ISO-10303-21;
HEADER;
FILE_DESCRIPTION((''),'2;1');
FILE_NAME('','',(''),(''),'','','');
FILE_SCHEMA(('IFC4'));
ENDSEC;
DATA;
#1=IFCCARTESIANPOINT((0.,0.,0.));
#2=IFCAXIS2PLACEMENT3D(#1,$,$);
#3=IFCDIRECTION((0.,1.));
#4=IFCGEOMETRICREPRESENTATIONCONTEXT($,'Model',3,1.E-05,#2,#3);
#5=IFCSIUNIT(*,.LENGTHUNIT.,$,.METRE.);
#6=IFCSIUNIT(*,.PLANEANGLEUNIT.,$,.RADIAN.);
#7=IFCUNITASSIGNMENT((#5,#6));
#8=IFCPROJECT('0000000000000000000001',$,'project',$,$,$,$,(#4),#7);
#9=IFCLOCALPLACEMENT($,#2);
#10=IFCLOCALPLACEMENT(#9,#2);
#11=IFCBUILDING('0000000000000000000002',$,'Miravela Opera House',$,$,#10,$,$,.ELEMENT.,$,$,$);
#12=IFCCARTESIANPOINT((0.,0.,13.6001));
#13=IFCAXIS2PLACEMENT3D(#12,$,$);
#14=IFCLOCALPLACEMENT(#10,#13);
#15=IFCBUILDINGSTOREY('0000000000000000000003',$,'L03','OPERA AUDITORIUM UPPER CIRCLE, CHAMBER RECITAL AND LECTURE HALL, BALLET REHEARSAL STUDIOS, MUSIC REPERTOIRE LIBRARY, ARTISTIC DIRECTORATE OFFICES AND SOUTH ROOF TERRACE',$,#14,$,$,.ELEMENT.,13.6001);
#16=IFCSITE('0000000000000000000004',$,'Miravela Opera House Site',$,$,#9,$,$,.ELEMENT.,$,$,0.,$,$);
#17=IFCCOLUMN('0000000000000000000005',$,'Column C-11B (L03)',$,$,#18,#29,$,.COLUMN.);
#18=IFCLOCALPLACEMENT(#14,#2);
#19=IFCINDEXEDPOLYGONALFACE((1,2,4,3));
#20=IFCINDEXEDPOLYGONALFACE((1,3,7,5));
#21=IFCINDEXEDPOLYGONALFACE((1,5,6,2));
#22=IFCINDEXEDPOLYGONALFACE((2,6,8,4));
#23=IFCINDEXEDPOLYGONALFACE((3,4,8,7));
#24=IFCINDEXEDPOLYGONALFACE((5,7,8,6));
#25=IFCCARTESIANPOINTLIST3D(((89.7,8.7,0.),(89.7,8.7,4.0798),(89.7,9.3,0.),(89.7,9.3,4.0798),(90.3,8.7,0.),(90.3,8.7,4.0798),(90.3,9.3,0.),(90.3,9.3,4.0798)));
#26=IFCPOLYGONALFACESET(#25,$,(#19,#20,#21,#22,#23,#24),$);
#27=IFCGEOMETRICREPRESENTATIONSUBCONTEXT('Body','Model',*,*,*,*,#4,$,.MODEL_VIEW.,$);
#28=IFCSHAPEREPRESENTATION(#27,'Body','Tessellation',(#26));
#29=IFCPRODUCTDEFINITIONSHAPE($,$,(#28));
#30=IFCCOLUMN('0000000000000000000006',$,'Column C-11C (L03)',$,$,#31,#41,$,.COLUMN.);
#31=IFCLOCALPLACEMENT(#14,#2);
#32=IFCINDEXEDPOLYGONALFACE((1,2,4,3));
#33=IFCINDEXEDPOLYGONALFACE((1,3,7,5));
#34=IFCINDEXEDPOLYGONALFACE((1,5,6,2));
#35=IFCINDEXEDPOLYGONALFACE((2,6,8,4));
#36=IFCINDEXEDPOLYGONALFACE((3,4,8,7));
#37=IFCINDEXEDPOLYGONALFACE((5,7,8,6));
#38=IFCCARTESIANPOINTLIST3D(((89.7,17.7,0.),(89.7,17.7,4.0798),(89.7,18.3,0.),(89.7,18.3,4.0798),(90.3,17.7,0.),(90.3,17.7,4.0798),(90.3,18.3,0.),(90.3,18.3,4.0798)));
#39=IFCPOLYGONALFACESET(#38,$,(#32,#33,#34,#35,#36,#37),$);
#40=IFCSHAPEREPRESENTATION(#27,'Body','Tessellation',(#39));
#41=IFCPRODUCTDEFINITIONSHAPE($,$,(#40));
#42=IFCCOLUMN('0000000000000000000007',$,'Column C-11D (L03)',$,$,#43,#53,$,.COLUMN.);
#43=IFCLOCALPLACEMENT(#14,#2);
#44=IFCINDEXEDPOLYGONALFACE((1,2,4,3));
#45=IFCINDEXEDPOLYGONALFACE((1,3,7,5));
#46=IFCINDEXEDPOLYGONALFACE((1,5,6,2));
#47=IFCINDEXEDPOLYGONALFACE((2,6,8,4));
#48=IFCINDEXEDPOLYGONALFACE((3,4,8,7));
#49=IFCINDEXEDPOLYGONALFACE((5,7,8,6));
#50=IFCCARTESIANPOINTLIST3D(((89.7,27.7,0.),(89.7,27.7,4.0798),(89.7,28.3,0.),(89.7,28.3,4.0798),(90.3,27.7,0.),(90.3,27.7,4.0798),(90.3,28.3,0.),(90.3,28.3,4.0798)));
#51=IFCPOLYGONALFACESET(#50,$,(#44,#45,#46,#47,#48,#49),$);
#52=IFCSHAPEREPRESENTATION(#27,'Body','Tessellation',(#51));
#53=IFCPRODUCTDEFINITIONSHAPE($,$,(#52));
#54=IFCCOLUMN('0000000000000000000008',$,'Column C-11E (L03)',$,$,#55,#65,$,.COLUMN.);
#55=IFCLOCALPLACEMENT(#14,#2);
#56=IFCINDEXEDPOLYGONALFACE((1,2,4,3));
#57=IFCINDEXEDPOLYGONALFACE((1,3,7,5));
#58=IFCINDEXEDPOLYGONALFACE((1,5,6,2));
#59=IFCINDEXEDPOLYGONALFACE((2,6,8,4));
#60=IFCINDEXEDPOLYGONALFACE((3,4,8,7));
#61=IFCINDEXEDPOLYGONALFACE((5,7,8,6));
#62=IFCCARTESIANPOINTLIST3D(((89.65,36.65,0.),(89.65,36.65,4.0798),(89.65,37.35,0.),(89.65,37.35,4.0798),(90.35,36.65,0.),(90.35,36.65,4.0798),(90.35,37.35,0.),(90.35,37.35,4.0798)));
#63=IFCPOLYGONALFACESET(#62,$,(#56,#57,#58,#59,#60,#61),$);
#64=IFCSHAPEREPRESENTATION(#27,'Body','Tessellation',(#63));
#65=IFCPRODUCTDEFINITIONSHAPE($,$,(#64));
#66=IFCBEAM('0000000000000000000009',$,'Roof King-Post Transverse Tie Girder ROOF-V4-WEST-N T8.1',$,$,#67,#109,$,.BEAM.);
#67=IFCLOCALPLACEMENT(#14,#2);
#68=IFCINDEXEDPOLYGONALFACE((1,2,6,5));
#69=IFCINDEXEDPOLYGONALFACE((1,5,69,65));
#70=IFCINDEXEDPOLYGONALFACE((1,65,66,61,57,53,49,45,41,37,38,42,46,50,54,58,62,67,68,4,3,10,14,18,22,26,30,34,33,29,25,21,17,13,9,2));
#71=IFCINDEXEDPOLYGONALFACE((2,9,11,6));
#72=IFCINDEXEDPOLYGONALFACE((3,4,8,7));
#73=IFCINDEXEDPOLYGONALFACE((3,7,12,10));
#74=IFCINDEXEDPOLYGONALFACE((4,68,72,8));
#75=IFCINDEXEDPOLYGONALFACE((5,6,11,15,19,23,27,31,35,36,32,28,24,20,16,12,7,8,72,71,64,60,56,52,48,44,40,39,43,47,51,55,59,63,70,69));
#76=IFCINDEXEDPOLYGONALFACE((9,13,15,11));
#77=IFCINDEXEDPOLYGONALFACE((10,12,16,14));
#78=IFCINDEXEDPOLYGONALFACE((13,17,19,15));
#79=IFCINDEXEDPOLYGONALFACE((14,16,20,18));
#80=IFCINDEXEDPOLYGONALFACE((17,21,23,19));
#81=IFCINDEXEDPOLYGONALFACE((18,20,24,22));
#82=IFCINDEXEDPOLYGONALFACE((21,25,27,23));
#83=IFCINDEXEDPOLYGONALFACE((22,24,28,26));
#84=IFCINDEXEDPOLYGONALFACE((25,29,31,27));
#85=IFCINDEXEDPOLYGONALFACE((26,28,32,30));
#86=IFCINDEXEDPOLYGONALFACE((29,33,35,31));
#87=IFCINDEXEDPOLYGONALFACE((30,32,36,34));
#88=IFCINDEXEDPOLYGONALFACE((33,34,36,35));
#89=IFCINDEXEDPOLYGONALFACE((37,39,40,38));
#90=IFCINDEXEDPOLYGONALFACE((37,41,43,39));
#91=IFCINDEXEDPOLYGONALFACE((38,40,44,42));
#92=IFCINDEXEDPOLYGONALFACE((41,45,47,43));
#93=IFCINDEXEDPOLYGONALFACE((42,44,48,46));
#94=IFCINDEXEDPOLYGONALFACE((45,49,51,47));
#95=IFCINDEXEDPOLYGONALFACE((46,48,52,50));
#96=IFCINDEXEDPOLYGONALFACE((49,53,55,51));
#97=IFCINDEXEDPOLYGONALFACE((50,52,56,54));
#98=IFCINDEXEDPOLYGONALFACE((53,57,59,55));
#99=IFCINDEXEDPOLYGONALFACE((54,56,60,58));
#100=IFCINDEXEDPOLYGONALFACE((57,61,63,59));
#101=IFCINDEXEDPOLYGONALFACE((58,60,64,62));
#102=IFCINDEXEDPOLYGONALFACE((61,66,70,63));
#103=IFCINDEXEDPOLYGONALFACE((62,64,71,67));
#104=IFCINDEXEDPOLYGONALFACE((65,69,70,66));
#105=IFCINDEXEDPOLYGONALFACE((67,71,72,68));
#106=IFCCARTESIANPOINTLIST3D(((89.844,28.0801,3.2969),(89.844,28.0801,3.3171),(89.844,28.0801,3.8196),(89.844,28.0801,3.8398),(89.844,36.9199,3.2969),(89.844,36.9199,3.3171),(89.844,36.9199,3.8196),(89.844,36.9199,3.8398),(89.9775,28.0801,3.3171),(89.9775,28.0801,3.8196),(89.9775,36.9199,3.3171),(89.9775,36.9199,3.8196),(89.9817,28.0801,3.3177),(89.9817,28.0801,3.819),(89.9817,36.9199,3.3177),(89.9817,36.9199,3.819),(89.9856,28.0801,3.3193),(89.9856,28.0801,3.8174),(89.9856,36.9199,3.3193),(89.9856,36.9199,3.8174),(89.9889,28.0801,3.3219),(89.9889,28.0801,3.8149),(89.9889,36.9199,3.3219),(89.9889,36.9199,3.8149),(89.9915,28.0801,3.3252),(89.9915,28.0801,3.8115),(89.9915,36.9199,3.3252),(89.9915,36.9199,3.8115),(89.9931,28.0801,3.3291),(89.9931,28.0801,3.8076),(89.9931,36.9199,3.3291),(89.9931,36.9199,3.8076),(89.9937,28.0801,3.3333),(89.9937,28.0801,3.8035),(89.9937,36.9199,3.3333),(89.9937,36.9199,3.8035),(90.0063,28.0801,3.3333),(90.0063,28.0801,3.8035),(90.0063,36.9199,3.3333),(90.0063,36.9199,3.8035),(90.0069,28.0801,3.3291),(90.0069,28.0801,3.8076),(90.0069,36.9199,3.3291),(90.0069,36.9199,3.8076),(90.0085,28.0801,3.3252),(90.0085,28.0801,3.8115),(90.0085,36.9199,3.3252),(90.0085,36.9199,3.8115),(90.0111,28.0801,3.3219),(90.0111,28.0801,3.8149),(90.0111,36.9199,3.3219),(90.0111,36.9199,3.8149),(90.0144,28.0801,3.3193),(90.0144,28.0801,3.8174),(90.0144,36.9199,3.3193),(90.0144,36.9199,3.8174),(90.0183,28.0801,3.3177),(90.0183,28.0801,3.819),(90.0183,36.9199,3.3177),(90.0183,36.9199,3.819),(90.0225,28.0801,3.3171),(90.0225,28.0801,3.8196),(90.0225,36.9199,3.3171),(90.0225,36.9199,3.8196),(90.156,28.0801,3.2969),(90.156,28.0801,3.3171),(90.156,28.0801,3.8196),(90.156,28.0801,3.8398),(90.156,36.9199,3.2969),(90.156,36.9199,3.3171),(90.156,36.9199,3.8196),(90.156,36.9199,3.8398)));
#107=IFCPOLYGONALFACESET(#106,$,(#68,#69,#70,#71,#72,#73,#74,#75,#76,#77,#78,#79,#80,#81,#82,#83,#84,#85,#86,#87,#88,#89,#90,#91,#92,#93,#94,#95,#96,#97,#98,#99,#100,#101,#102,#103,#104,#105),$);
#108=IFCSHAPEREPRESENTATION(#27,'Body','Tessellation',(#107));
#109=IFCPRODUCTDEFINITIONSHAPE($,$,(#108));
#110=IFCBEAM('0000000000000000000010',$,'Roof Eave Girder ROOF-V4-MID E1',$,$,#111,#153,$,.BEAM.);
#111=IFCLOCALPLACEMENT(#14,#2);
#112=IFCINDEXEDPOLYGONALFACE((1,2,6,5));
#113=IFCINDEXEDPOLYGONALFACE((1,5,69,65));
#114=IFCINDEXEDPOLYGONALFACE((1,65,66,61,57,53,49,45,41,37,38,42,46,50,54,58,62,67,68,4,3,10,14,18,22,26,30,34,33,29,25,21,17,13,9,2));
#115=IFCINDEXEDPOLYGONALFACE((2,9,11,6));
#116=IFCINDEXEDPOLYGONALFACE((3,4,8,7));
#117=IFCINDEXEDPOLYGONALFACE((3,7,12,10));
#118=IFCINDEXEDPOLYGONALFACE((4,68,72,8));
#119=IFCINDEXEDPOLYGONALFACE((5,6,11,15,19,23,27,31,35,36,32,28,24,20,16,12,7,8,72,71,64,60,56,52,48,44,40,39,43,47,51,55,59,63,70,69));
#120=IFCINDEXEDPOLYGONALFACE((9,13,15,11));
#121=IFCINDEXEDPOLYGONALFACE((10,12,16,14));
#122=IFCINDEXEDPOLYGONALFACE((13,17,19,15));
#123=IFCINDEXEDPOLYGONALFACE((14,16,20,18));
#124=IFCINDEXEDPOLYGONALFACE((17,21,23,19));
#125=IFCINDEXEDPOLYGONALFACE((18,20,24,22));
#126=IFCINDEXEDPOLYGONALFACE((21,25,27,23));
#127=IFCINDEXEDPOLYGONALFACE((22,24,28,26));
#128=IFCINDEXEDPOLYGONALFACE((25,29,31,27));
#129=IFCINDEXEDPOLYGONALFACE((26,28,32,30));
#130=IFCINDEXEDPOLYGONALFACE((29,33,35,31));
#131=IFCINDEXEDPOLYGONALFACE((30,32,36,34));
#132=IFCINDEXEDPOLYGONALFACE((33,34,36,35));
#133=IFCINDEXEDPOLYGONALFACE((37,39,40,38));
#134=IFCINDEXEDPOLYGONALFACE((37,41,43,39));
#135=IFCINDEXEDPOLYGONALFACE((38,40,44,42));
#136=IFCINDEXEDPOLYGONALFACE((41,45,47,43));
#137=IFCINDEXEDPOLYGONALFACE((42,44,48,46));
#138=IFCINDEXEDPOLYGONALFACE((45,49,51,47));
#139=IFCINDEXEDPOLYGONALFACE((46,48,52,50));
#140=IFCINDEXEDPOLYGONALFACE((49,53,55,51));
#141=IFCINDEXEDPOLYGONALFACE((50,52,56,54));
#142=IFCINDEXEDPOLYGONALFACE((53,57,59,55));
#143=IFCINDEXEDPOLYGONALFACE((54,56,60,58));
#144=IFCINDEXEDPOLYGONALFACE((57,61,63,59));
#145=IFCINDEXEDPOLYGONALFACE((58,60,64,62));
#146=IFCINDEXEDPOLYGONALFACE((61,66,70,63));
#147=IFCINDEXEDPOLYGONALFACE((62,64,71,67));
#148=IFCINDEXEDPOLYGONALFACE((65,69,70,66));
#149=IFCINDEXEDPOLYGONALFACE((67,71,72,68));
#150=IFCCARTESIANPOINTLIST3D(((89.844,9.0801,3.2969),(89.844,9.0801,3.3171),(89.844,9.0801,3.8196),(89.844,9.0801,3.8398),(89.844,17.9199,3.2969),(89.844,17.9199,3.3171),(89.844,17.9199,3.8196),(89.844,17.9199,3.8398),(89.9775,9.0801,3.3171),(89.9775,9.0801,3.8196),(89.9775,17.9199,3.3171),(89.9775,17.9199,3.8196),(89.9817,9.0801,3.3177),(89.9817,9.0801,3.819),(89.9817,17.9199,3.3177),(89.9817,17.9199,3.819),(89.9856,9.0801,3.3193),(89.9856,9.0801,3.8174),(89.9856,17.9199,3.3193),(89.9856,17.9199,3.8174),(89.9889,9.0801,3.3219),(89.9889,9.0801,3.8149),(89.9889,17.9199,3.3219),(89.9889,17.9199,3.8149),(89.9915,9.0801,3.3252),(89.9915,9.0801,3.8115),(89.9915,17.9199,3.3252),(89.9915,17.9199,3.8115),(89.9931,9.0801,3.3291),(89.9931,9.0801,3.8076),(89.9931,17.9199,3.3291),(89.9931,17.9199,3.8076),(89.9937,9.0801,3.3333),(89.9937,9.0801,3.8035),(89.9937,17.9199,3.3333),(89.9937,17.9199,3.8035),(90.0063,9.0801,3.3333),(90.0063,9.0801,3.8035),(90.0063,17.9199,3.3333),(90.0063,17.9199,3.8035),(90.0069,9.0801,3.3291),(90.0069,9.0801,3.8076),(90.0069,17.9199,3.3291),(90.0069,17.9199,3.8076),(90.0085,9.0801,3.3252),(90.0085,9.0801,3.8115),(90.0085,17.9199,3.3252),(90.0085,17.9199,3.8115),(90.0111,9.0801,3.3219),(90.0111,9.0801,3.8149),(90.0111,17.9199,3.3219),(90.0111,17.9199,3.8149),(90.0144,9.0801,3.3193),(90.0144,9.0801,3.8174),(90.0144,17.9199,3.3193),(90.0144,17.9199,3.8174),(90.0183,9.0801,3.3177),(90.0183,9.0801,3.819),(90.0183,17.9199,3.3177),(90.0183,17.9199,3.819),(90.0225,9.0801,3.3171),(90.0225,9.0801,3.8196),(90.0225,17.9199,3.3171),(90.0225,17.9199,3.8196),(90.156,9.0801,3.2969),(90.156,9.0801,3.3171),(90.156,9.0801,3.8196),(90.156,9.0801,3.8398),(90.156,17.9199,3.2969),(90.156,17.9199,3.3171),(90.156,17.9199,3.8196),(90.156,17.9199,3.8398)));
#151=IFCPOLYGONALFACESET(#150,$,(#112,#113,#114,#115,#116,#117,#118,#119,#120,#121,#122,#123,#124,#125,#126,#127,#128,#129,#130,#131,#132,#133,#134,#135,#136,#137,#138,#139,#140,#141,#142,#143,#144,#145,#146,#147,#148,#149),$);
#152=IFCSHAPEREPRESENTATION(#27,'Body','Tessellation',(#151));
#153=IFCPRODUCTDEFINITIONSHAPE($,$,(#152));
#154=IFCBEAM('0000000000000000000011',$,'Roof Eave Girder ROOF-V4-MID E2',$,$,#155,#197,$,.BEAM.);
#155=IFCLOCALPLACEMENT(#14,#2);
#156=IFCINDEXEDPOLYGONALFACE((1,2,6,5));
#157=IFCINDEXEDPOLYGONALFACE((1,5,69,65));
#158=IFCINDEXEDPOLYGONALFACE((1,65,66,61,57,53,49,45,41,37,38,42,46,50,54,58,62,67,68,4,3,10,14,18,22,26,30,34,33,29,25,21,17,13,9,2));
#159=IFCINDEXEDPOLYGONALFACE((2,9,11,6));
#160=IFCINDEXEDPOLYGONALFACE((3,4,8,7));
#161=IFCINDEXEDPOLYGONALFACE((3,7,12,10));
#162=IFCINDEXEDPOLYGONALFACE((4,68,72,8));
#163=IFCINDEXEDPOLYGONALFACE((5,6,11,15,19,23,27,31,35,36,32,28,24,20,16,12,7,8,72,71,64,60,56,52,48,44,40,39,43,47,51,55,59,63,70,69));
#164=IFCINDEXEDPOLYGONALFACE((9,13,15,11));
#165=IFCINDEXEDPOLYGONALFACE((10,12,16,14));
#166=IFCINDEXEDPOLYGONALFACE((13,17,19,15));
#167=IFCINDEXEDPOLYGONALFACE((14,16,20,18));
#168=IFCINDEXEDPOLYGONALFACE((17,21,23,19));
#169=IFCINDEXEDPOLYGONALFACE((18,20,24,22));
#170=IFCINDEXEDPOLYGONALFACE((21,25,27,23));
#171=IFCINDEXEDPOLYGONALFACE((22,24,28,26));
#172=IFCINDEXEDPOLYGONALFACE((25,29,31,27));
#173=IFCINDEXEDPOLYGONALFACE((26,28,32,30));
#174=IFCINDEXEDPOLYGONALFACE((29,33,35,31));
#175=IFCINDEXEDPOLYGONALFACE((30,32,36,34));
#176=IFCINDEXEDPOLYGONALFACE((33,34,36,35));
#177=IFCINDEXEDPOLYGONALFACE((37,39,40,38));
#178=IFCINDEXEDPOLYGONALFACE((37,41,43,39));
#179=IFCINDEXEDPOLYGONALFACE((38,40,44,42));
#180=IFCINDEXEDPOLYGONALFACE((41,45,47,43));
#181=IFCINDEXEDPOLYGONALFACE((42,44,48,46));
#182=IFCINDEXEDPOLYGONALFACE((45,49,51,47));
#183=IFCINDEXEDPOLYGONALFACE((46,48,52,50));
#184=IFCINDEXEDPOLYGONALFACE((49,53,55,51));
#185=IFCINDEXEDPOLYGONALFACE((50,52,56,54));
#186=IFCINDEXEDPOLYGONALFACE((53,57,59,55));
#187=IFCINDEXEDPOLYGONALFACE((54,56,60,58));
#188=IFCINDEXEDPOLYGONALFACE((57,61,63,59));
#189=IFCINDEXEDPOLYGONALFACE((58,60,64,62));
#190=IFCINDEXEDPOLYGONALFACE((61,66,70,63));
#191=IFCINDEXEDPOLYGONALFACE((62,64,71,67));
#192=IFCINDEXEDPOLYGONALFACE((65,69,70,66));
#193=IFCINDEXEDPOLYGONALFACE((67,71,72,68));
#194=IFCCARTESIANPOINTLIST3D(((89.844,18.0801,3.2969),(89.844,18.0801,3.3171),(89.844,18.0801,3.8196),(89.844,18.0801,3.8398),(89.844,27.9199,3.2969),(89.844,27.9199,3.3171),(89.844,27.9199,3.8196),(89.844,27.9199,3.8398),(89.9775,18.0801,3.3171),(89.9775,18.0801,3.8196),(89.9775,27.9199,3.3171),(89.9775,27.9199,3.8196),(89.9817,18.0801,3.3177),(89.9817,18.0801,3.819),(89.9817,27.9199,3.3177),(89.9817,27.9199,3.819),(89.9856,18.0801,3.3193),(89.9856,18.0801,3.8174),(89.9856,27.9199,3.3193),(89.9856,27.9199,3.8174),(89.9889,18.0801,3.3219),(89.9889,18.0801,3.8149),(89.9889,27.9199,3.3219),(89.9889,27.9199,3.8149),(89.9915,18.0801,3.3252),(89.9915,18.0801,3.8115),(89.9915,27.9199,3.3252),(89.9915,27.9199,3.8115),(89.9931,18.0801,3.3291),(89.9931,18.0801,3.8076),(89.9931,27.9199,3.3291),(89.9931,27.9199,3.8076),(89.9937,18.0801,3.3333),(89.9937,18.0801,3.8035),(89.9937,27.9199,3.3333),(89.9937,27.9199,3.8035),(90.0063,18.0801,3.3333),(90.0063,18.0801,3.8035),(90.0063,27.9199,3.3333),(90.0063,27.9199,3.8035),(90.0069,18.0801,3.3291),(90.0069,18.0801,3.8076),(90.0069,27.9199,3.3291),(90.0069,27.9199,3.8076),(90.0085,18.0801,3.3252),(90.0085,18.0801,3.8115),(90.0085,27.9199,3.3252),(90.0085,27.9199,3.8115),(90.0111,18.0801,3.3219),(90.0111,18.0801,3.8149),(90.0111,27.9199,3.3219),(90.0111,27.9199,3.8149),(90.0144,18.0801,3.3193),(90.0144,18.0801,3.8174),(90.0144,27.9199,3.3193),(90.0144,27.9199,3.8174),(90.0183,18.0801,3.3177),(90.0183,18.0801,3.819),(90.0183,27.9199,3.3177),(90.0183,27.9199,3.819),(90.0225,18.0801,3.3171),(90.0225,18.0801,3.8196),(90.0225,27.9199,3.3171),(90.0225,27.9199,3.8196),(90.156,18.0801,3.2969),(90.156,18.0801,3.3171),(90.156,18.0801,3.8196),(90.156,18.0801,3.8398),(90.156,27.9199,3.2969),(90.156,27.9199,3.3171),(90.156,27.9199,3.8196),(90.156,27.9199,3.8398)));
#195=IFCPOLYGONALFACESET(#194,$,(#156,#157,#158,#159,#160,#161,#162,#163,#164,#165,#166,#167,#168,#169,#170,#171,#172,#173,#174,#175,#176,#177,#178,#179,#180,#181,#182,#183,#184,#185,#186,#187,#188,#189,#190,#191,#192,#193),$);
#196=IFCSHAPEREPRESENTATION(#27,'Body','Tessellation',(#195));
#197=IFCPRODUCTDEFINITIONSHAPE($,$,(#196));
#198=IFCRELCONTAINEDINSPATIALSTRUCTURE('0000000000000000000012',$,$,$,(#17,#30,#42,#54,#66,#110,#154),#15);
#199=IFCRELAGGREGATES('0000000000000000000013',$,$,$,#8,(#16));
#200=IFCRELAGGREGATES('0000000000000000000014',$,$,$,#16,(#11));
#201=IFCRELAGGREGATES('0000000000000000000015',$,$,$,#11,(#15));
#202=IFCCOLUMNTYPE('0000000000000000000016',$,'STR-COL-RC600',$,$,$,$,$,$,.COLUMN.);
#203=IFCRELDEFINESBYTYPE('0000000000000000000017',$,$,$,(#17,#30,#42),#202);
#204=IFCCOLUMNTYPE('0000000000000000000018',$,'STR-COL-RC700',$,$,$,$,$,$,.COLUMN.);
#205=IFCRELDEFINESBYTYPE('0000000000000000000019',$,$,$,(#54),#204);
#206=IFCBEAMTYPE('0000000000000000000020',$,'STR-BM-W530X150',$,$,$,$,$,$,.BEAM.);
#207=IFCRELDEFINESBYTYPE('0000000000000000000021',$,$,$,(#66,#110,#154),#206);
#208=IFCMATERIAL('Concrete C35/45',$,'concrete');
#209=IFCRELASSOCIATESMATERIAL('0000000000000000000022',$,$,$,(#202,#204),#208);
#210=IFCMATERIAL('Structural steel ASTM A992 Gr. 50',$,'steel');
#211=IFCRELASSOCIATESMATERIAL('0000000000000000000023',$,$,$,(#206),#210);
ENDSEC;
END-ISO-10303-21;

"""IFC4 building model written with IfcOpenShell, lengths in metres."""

from ifc_helpers import new_model, si_unit, direction, frame, origin, origin_2d, place, context, subcontext, project, spatial, rectangle, i_section, extrude, material, material_profile, profile_set, type_object, element, save


model = new_model("IFC4")

# Units and contexts
model_context = context("Model", 3, precision=1e-05, world=origin(), true_north=direction((0.0, 1.0)))
body_context = subcontext(model_context, "Body", "Model", "MODEL_VIEW")
ifc_project = project(units=[si_unit("LENGTHUNIT", "METRE"), si_unit("PLANEANGLEUNIT", "RADIAN")], contexts=[model_context])

# Site, building, storey
site_placement = place(None, origin())
site = spatial("IfcSite", under=ifc_project, at=site_placement, Name="Miravela Opera House Site", CompositionType="ELEMENT", RefElevation=0.0)
building_placement = place(site_placement, origin())
building = spatial("IfcBuilding", under=site, at=building_placement, Name="Miravela Opera House", CompositionType="ELEMENT")
storey_placement = place(building_placement, frame((0.0, 0.0, 13.6001)))
storey = spatial("IfcBuildingStorey", under=building, at=storey_placement, Name="L03", Description="OPERA AUDITORIUM UPPER CIRCLE, CHAMBER RECITAL AND LECTURE HALL, BALLET REHEARSAL STUDIOS, MUSIC REPERTOIRE LIBRARY, ARTISTIC DIRECTORATE OFFICES AND SOUTH ROOF TERRACE", CompositionType="ELEMENT", Elevation=13.6001)

# Columns
ifc_material_1 = material(Name="Concrete C35/45", Category="concrete")
ifc_material_profile_1 = material_profile(ifc_material_1, rectangle(XDim=0.6001, YDim=0.6001, at=origin_2d()), Name="RC-COL-600X600")
ifc_profile_set_1 = profile_set([ifc_material_profile_1])
column_type_1 = type_object("IfcColumnType", Name="STR-COL-RC600", PredefinedType="COLUMN", material=ifc_profile_set_1)
for number, where, z_axis, x_axis, name in (
    (1, (90.0, 9.0, 0.0), (0.0, 0.0, 1.0), (1.0, 0.0, 0.0), "Column C-11B (L03)"),
    (2, (90.0, 18.0, 0.0), (0.0, 0.0, 1.0), (1.0, 0.0, 0.0), "Column C-11C (L03)"),
    (3, (90.0, 28.0, 0.0), (0.0, 0.0, 1.0), (1.0, 0.0, 0.0), "Column C-11D (L03)"),
):
    element("IfcColumn", number, at=place(storey_placement, frame(where, z_axis=z_axis, x_axis=x_axis)), inside=storey, type_object=column_type_1, Name=name, PredefinedType="COLUMN", context=body_context, shape_type="SweptSolid", body=[
        extrude(rectangle(XDim=0.6001, YDim=0.6001, at=origin_2d()), origin(), (0.0, 0.0, 1.0), 4.0798),
    ])
ifc_material_profile_2 = material_profile(ifc_material_1, rectangle(XDim=0.7, YDim=0.7, at=origin_2d()), Name="RC-COL-700X700")
ifc_profile_set_2 = profile_set([ifc_material_profile_2])
column_type_2 = type_object("IfcColumnType", Name="STR-COL-RC700", PredefinedType="COLUMN", material=ifc_profile_set_2)
column_placement = place(storey_placement, frame((90.0, 37.0, 0.0), z_axis=(0.0, 0.0, 1.0), x_axis=(1.0, 0.0, 0.0)))
element("IfcColumn", 4, at=column_placement, inside=storey, type_object=column_type_2, Name="Column C-11E (L03)", PredefinedType="COLUMN", context=body_context, shape_type="SweptSolid", body=[
    extrude(rectangle(XDim=0.7, YDim=0.7, at=origin_2d()), origin(), (0.0, 0.0, 1.0), 4.0798),
])

# Beams
ifc_material_2 = material(Name="Structural steel ASTM A992 Gr. 50", Category="steel")
ifc_material_profile_3 = material_profile(ifc_material_2, i_section(OverallWidth=0.312, OverallDepth=0.543, WebThickness=0.0127, FlangeThickness=0.0203, FilletRadius=0.0161, at=origin_2d()), Name="W530X150")
ifc_profile_set_3 = profile_set([ifc_material_profile_3])
beam_type_1 = type_object("IfcBeamType", Name="STR-BM-W530X150", PredefinedType="BEAM", material=ifc_profile_set_3)
for number, where, z_axis, x_axis, name in (
    (5, (90.0, 28.0801, 3.5684), (0.0, 1.0, 0.0), (-1.0, 0.0, 0.0), "Roof King-Post Transverse Tie Girder ROOF-V4-WEST-N T8.1"),
    (6, (90.0, 9.0801, 3.5684), (0.0, 1.0, 0.0), (-1.0, 0.0, 0.0), "Roof Eave Girder ROOF-V4-MID E1"),
):
    element("IfcBeam", number, at=place(storey_placement, frame(where, z_axis=z_axis, x_axis=x_axis)), inside=storey, type_object=beam_type_1, Name=name, PredefinedType="BEAM", context=body_context, shape_type="SweptSolid", body=[
        extrude(i_section(OverallWidth=0.312, OverallDepth=0.543, WebThickness=0.0127, FlangeThickness=0.0203, FilletRadius=0.0161, at=origin_2d()), origin(), (0.0, 0.0, 1.0), 8.8398),
    ])
beam_1_placement = place(storey_placement, frame((90.0, 18.0801, 3.5684), z_axis=(0.0, 1.0, 0.0), x_axis=(-1.0, 0.0, 0.0)))
element("IfcBeam", 7, at=beam_1_placement, inside=storey, type_object=beam_type_1, Name="Roof Eave Girder ROOF-V4-MID E2", PredefinedType="BEAM", context=body_context, shape_type="SweptSolid", body=[
    extrude(i_section(OverallWidth=0.312, OverallDepth=0.543, WebThickness=0.0127, FlangeThickness=0.0203, FilletRadius=0.0161, at=origin_2d()), origin(), (0.0, 0.0, 1.0), 9.8398),
])

save(model, "model.ifc")
